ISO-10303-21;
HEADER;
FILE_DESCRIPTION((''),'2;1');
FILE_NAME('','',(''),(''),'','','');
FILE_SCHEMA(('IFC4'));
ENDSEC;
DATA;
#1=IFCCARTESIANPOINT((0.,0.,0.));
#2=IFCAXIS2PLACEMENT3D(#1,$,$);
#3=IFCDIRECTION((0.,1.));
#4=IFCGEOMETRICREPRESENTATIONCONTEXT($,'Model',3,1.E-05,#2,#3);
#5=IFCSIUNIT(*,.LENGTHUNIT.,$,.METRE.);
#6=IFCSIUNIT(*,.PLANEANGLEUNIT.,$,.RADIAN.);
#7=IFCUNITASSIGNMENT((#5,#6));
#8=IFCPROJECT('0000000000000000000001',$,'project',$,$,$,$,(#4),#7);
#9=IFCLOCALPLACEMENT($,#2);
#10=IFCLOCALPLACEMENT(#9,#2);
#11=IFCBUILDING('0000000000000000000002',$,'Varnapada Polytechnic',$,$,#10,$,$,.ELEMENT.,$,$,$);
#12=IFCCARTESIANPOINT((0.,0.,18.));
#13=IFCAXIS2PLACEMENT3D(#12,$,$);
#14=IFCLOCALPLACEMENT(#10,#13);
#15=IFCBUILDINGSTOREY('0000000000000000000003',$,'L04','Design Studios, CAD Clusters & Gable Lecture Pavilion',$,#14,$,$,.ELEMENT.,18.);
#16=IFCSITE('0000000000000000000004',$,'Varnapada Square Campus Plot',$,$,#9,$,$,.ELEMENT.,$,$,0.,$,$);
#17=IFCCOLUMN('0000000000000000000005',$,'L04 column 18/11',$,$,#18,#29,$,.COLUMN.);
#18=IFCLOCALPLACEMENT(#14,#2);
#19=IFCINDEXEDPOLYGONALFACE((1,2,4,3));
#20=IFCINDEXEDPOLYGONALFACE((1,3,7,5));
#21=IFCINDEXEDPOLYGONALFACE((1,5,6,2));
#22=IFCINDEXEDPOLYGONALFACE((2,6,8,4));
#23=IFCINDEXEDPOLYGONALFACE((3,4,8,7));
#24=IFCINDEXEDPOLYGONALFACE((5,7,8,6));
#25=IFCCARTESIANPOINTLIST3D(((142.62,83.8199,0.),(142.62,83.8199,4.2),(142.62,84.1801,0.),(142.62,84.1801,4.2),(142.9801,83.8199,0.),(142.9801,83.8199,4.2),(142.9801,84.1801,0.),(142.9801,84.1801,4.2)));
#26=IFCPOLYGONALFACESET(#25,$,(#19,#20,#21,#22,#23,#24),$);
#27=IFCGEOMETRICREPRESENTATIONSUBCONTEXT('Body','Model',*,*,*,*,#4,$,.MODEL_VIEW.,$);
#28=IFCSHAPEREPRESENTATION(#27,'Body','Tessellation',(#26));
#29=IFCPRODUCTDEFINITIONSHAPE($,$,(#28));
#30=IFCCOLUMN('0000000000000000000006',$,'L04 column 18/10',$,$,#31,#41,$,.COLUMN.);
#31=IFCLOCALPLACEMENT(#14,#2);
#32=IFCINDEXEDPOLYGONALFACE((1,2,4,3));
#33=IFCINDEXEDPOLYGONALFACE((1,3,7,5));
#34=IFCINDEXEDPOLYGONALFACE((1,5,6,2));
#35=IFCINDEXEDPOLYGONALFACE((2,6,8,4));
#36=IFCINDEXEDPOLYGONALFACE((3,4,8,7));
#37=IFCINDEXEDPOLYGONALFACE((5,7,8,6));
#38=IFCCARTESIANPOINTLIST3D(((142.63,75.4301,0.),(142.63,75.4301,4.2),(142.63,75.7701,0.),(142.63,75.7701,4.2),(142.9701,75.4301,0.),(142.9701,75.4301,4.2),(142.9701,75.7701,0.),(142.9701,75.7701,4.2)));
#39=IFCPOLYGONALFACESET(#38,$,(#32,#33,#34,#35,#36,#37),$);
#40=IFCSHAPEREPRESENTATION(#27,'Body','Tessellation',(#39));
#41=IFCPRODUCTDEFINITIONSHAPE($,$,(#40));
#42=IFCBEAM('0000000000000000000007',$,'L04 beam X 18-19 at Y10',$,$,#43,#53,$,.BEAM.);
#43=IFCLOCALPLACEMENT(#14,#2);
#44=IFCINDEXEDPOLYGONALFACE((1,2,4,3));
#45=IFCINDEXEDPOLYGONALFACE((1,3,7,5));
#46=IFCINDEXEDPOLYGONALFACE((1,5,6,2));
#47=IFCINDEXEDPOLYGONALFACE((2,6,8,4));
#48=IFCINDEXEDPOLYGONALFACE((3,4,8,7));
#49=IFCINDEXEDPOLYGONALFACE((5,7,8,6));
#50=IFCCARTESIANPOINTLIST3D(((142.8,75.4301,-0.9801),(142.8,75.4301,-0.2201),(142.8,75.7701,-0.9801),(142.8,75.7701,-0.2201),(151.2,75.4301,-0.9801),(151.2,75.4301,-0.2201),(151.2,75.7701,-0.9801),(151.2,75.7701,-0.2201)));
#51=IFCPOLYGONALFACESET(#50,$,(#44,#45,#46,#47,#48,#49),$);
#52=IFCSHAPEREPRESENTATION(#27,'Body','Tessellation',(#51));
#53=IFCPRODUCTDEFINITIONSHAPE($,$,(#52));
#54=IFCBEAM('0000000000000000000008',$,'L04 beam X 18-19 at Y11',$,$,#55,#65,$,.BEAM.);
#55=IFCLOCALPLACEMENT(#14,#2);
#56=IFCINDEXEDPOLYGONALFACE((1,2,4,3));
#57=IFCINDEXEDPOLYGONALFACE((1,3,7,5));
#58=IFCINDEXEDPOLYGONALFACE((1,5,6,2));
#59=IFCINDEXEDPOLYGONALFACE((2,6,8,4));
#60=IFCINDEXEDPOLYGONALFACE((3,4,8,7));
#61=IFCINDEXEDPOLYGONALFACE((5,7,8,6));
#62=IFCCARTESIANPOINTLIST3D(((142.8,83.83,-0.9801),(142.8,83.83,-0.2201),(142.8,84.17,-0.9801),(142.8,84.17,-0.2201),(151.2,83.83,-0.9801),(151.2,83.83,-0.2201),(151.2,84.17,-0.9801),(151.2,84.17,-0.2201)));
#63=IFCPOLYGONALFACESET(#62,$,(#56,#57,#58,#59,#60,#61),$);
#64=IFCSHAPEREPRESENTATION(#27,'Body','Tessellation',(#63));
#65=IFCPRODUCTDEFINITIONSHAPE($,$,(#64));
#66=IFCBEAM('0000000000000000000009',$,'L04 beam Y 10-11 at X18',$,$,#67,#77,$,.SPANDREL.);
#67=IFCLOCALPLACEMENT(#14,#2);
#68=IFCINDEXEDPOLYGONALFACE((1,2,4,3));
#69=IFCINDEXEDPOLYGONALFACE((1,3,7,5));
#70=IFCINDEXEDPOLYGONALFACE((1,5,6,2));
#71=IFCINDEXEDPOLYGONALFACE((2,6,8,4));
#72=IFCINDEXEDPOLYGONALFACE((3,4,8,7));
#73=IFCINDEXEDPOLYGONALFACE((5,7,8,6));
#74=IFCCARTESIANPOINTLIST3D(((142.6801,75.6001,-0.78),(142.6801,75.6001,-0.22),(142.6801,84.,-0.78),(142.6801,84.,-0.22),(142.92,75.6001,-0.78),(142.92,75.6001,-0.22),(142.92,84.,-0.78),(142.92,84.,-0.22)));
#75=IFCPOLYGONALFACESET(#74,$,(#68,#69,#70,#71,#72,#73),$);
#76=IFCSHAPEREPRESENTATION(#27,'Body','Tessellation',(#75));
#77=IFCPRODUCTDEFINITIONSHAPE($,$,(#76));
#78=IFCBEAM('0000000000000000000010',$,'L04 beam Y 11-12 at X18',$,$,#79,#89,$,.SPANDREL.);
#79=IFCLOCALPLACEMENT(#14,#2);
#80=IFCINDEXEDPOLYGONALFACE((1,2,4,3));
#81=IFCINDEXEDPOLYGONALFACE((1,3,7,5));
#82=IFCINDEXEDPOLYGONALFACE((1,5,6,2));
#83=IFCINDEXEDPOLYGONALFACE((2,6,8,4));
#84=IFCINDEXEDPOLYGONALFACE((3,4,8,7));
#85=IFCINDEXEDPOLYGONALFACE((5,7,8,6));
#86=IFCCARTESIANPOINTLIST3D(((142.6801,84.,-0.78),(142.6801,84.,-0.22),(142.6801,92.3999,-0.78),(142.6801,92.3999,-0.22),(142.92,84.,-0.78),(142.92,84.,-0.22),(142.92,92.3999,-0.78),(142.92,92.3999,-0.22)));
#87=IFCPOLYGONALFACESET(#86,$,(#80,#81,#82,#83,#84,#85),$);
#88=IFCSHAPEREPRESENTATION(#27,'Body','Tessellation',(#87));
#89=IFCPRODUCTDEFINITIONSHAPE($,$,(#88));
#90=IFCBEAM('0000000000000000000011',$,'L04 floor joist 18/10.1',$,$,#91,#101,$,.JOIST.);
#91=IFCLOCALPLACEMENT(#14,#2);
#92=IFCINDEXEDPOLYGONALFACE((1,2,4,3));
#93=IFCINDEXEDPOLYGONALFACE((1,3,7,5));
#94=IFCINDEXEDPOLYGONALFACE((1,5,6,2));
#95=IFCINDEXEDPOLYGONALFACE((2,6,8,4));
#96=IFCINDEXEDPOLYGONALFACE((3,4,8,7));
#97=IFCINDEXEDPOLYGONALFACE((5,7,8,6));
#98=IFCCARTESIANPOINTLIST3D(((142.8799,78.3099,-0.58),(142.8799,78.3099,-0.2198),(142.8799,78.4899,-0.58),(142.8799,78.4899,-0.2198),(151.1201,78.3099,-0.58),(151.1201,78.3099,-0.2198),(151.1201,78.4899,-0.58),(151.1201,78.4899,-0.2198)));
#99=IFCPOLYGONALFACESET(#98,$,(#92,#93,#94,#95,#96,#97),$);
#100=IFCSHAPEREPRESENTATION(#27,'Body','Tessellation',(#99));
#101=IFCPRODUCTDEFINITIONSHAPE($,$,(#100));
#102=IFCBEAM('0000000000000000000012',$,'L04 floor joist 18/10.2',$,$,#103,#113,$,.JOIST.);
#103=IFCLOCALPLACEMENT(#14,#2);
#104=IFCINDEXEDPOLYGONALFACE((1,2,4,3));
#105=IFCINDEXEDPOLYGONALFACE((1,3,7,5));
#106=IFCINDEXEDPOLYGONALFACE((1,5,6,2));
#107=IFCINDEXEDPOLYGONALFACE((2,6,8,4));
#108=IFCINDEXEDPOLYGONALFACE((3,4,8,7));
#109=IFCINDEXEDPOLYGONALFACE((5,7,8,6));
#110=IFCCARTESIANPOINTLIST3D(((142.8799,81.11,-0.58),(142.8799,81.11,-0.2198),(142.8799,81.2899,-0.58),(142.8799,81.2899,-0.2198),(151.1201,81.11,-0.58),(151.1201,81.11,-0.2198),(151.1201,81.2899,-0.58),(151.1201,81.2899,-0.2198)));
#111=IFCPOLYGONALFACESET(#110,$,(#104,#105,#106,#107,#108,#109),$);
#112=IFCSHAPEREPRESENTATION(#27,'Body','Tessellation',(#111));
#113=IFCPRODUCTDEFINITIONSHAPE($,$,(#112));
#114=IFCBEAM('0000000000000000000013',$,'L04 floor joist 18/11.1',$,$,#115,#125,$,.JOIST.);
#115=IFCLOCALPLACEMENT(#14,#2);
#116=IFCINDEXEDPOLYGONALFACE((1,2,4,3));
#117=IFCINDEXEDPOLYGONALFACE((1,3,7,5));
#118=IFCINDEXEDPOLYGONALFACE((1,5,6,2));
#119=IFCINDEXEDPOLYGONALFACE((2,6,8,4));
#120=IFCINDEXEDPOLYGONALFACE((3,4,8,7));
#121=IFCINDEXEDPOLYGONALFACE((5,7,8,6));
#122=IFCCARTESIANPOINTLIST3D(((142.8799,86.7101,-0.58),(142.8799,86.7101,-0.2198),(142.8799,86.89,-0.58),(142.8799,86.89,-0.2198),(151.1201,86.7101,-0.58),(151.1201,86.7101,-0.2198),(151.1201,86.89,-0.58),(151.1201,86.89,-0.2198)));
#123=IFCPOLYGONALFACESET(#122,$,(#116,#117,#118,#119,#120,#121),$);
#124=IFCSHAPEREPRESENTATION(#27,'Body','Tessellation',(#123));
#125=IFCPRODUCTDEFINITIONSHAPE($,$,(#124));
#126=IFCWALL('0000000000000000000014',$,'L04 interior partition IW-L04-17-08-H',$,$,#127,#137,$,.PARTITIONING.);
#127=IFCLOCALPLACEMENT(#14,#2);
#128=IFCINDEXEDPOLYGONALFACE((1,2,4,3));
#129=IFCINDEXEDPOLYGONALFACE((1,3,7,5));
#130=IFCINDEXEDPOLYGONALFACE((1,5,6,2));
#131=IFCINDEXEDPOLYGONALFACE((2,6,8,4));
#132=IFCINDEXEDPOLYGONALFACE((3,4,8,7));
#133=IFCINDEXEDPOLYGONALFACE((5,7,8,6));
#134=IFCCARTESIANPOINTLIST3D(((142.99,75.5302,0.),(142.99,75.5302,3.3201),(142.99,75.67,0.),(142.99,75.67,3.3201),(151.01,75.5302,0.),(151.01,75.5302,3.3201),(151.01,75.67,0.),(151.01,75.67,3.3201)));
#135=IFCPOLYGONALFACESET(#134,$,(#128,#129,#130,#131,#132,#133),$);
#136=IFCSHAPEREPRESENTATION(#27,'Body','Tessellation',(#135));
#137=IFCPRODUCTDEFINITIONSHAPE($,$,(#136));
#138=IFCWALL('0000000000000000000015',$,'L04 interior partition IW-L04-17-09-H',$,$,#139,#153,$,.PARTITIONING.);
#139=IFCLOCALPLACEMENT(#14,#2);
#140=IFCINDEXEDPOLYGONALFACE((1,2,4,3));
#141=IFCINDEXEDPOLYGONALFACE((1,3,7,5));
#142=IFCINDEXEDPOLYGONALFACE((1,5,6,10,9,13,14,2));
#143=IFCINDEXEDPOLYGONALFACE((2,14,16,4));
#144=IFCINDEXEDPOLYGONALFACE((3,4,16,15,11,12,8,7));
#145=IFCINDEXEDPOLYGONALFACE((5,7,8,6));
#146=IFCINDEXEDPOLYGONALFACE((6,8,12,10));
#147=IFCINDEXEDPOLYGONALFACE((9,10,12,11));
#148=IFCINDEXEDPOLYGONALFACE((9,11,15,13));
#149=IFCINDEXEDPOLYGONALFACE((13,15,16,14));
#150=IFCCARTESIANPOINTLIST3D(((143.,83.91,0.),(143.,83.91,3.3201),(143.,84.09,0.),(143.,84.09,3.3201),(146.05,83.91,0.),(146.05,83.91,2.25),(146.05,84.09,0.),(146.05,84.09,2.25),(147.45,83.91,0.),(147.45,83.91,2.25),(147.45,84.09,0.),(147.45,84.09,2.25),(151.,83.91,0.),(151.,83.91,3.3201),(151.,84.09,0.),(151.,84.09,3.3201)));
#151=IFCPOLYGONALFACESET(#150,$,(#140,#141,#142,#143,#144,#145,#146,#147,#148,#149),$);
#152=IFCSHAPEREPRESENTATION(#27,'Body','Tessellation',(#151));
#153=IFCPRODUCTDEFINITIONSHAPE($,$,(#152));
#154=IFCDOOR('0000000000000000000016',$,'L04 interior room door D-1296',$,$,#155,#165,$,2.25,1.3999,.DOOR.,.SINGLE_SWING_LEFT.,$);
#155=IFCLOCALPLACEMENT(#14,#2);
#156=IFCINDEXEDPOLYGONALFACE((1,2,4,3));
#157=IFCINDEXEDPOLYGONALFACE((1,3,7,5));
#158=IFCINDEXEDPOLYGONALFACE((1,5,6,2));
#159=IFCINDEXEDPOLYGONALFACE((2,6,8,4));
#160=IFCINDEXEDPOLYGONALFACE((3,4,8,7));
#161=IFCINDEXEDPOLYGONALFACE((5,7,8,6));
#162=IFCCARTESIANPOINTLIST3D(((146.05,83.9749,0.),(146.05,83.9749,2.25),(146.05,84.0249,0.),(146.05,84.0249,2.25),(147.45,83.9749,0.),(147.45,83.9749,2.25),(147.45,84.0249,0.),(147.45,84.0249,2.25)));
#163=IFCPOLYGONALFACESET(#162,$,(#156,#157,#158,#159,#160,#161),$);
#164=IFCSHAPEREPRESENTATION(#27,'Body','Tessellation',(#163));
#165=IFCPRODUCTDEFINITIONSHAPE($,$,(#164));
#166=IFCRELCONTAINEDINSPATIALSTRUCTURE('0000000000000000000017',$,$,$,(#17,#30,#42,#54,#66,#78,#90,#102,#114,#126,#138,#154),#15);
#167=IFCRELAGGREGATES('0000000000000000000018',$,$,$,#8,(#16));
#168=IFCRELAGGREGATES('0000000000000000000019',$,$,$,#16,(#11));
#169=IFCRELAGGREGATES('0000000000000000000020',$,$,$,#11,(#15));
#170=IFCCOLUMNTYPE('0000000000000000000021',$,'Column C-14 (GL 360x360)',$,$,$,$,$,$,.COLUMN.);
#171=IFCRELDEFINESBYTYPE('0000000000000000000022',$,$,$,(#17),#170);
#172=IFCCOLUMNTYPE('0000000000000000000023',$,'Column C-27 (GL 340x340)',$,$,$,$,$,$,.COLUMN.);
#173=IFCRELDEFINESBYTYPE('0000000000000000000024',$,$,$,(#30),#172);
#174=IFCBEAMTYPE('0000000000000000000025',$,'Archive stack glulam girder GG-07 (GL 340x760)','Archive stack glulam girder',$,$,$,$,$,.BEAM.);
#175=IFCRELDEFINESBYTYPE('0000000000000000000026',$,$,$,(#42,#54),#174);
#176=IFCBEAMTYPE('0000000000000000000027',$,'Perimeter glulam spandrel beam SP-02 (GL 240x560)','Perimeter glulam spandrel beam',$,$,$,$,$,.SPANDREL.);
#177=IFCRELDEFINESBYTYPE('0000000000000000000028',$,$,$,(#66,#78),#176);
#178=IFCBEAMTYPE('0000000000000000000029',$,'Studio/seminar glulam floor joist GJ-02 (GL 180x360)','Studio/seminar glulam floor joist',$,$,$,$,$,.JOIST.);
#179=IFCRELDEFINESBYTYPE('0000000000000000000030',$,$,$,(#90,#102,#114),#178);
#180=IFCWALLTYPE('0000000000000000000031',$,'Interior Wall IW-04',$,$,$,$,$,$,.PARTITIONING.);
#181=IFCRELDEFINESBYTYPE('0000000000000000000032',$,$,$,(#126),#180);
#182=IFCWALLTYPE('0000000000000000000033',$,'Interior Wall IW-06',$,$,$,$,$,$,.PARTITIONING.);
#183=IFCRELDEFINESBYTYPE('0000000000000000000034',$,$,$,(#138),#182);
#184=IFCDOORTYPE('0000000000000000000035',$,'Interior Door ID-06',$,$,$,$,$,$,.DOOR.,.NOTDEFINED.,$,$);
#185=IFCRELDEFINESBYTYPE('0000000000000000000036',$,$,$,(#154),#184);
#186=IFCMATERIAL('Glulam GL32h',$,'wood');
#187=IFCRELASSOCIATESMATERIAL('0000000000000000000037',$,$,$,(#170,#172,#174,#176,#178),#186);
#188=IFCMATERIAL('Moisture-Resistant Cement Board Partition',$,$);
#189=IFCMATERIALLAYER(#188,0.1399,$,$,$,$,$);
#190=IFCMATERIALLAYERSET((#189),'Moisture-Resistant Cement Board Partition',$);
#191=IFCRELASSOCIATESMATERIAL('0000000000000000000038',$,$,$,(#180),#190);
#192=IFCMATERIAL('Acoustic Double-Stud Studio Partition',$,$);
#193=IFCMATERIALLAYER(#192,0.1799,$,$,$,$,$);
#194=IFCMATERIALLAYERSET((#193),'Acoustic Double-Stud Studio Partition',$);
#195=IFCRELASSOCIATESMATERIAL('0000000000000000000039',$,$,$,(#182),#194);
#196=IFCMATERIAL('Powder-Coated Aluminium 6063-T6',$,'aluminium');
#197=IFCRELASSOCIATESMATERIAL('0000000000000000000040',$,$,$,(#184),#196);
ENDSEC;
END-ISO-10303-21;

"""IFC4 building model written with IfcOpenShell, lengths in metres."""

from ifc_helpers import new_model, si_unit, direction, frame, frame_2d, origin, origin_2d, place, context, subcontext, project, spatial, rectangle, extrude, material, layer, layer_set, material_profile, profile_set, type_object, element, fill, save


model = new_model("IFC4")

# Units and contexts
model_context = context("Model", 3, precision=1e-05, world=origin(), true_north=direction((0.0, 1.0)))
body_context = subcontext(model_context, "Body", "Model", "MODEL_VIEW")
ifc_project = project(units=[si_unit("LENGTHUNIT", "METRE"), si_unit("PLANEANGLEUNIT", "RADIAN")], contexts=[model_context])

# Site, building, storey
site_placement = place(None, origin())
site = spatial("IfcSite", under=ifc_project, at=site_placement, Name="Varnapada Square Campus Plot", CompositionType="ELEMENT", RefElevation=0.0)
building_placement = place(site_placement, origin())
building = spatial("IfcBuilding", under=site, at=building_placement, Name="Varnapada Polytechnic", CompositionType="ELEMENT")
storey_placement = place(building_placement, frame((0.0, 0.0, 18.0)))
storey = spatial("IfcBuildingStorey", under=building, at=storey_placement, Name="L04", Description="Design Studios, CAD Clusters & Gable Lecture Pavilion", CompositionType="ELEMENT", Elevation=18.0)

# Columns
ifc_material_1 = material(Name="Glulam GL32h", Category="wood")
ifc_material_profile_1 = material_profile(ifc_material_1, rectangle(XDim=0.3601, YDim=0.3601, at=origin_2d()), Name="GL 360x360")
ifc_profile_set_1 = profile_set([ifc_material_profile_1], Name="Glulam GL32h")
column_type_1 = type_object("IfcColumnType", Name="Column C-14 (GL 360x360)", PredefinedType="COLUMN", material=ifc_profile_set_1)
column_1_placement = place(storey_placement, frame((142.8, 84.0, 0.0), z_axis=(0.0, 0.0, 1.0), x_axis=(1.0, 0.0, 0.0)))
element("IfcColumn", 1, at=column_1_placement, inside=storey, type_object=column_type_1, Name="L04 column 18/11", PredefinedType="COLUMN", context=body_context, shape_type="SweptSolid", body=[
    extrude(rectangle(XDim=0.3601, YDim=0.3601, at=origin_2d()), origin(), (0.0, 0.0, 1.0), 4.2),
])
ifc_material_profile_2 = material_profile(ifc_material_1, rectangle(XDim=0.3401, YDim=0.3401, at=origin_2d()), Name="GL 340x340")
ifc_profile_set_2 = profile_set([ifc_material_profile_2], Name="Glulam GL32h")
column_type_2 = type_object("IfcColumnType", Name="Column C-27 (GL 340x340)", PredefinedType="COLUMN", material=ifc_profile_set_2)
column_2_placement = place(storey_placement, frame((142.8, 75.6001, 0.0), z_axis=(0.0, 0.0, 1.0), x_axis=(1.0, 0.0, 0.0)))
element("IfcColumn", 2, at=column_2_placement, inside=storey, type_object=column_type_2, Name="L04 column 18/10", PredefinedType="COLUMN", context=body_context, shape_type="SweptSolid", body=[
    extrude(rectangle(XDim=0.3401, YDim=0.3401, at=origin_2d()), origin(), (0.0, 0.0, 1.0), 4.2),
])

# Beams
ifc_material_profile_3 = material_profile(ifc_material_1, rectangle(XDim=0.3401, YDim=0.76, at=origin_2d()), Name="GL 340x760")
ifc_profile_set_3 = profile_set([ifc_material_profile_3], Name="Glulam GL32h")
beam_type_1 = type_object("IfcBeamType", Name="Archive stack glulam girder GG-07 (GL 340x760)", Description="Archive stack glulam girder", PredefinedType="BEAM", material=ifc_profile_set_3)
for number, where, z_axis, x_axis, name in (
    (3, (142.8, 75.6001, -0.6001), (1.0, 0.0, 0.0), (0.0, 1.0, 0.0), "L04 beam X 18-19 at Y10"),
    (4, (142.8, 84.0, -0.6001), (1.0, 0.0, 0.0), (0.0, 1.0, 0.0), "L04 beam X 18-19 at Y11"),
):
    element("IfcBeam", number, at=place(storey_placement, frame(where, z_axis=z_axis, x_axis=x_axis)), inside=storey, type_object=beam_type_1, Name=name, PredefinedType="BEAM", context=body_context, shape_type="SweptSolid", body=[
        extrude(rectangle(XDim=0.3401, YDim=0.76, at=origin_2d()), origin(), (0.0, 0.0, 1.0), 8.3999),
    ])
ifc_material_profile_4 = material_profile(ifc_material_1, rectangle(XDim=0.24, YDim=0.5601, at=origin_2d()), Name="GL 240x560")
ifc_profile_set_4 = profile_set([ifc_material_profile_4], Name="Glulam GL32h")
beam_type_2 = type_object("IfcBeamType", Name="Perimeter glulam spandrel beam SP-02 (GL 240x560)", Description="Perimeter glulam spandrel beam", PredefinedType="SPANDREL", material=ifc_profile_set_4)
for number, where, z_axis, x_axis, name in (
    (5, (142.8, 75.6001, -0.5), (0.0, 1.0, 0.0), (-1.0, 0.0, 0.0), "L04 beam Y 10-11 at X18"),
    (6, (142.8, 84.0, -0.5), (0.0, 1.0, 0.0), (-1.0, 0.0, 0.0), "L04 beam Y 11-12 at X18"),
):
    element("IfcBeam", number, at=place(storey_placement, frame(where, z_axis=z_axis, x_axis=x_axis)), inside=storey, type_object=beam_type_2, Name=name, PredefinedType="SPANDREL", context=body_context, shape_type="SweptSolid", body=[
        extrude(rectangle(XDim=0.24, YDim=0.5601, at=origin_2d()), origin(), (0.0, 0.0, 1.0), 8.3999),
    ])
ifc_material_profile_5 = material_profile(ifc_material_1, rectangle(XDim=0.1799, YDim=0.3601, at=origin_2d()), Name="GL 180x360")
ifc_profile_set_5 = profile_set([ifc_material_profile_5], Name="Glulam GL32h")
beam_type_3 = type_object("IfcBeamType", Name="Studio/seminar glulam floor joist GJ-02 (GL 180x360)", Description="Studio/seminar glulam floor joist", PredefinedType="JOIST", material=ifc_profile_set_5)
for number, where, z_axis, x_axis, name in (
    (7, (142.8799, 78.3999, -0.3999), (1.0, 0.0, 0.0), (0.0, 1.0, 0.0), "L04 floor joist 18/10.1"),
    (8, (142.8799, 81.2, -0.3999), (1.0, 0.0, 0.0), (0.0, 1.0, 0.0), "L04 floor joist 18/10.2"),
    (9, (142.8799, 86.8, -0.3999), (1.0, 0.0, 0.0), (0.0, 1.0, 0.0), "L04 floor joist 18/11.1"),
):
    element("IfcBeam", number, at=place(storey_placement, frame(where, z_axis=z_axis, x_axis=x_axis)), inside=storey, type_object=beam_type_3, Name=name, PredefinedType="JOIST", context=body_context, shape_type="SweptSolid", body=[
        extrude(rectangle(XDim=0.1799, YDim=0.3601, at=origin_2d()), origin(), (0.0, 0.0, 1.0), 8.2402),
    ])

# Wall
ifc_material_2 = material(Name="Moisture-Resistant Cement Board Partition")
ifc_layer_1 = layer(ifc_material_2, 0.1399)
ifc_layer_set_1 = layer_set([ifc_layer_1], Name="Moisture-Resistant Cement Board Partition")
wall_type_1 = type_object("IfcWallType", Name="Interior Wall IW-04", PredefinedType="PARTITIONING", material=ifc_layer_set_1)
wall_1_placement = place(storey_placement, frame((142.99, 75.6001, 0.0), z_axis=(0.0, 0.0, 1.0), x_axis=(1.0, 0.0, 0.0)))
element("IfcWall", 10, at=wall_1_placement, inside=storey, type_object=wall_type_1, Name="L04 interior partition IW-L04-17-08-H", PredefinedType="PARTITIONING", context=body_context, shape_type="SweptSolid", body=[
    extrude(rectangle(XDim=8.02, YDim=0.1399, at=frame_2d((4.01, 0.0))), origin(), (0.0, 0.0, 1.0), 3.3201),
])

# Wall, opening, door
ifc_material_3 = material(Name="Acoustic Double-Stud Studio Partition")
ifc_layer_2 = layer(ifc_material_3, 0.1799)
ifc_layer_set_2 = layer_set([ifc_layer_2], Name="Acoustic Double-Stud Studio Partition")
wall_type_2 = type_object("IfcWallType", Name="Interior Wall IW-06", PredefinedType="PARTITIONING", material=ifc_layer_set_2)
wall_2_placement = place(storey_placement, frame((143.0, 84.0, 0.0), z_axis=(0.0, 0.0, 1.0), x_axis=(1.0, 0.0, 0.0)))
wall_2 = element("IfcWall", 11, at=wall_2_placement, inside=storey, type_object=wall_type_2, Name="L04 interior partition IW-L04-17-09-H", PredefinedType="PARTITIONING", context=body_context, shape_type="SweptSolid", body=[
    extrude(rectangle(XDim=8.0, YDim=0.1799, at=frame_2d((4.0, 0.0))), origin(), (0.0, 0.0, 1.0), 3.3201),
])
opening_1_placement = place(wall_2_placement, frame((3.05, 0.0, 0.0)))
opening_1 = element("IfcOpeningElement", 12, at=opening_1_placement, cuts=wall_2, PredefinedType="OPENING", context=body_context, shape_type="SweptSolid", body=[
    extrude(rectangle(XDim=1.3999, YDim=2.25, at=frame_2d((0.7, 1.125))), frame((0.0, 0.0999, 0.0), z_axis=(0.0, -1.0, 0.0), x_axis=(1.0, 0.0, 0.0)), (0.0, 0.0, 1.0), 0.2),
])
ifc_material_4 = material(Name="Powder-Coated Aluminium 6063-T6", Category="aluminium")
door_type = type_object("IfcDoorType", Name="Interior Door ID-06", OperationType="NOTDEFINED", PredefinedType="DOOR", material=ifc_material_4)
door_placement = place(opening_1_placement, origin())
door = element("IfcDoor", 13, at=door_placement, inside=storey, type_object=door_type, Name="L04 interior room door D-1296", OperationType="SINGLE_SWING_LEFT", OverallHeight=2.25, OverallWidth=1.3999, PredefinedType="DOOR", context=body_context, shape_type="SweptSolid", body=[
    extrude(rectangle(XDim=1.3999, YDim=2.25, at=frame_2d((0.7, 1.125))), frame((0.0, 0.0249, 0.0), z_axis=(0.0, -1.0, 0.0), x_axis=(1.0, 0.0, 0.0)), (0.0, 0.0, 1.0), 0.05),
])
fill(opening_1, door)

save(model, "model.ifc")
